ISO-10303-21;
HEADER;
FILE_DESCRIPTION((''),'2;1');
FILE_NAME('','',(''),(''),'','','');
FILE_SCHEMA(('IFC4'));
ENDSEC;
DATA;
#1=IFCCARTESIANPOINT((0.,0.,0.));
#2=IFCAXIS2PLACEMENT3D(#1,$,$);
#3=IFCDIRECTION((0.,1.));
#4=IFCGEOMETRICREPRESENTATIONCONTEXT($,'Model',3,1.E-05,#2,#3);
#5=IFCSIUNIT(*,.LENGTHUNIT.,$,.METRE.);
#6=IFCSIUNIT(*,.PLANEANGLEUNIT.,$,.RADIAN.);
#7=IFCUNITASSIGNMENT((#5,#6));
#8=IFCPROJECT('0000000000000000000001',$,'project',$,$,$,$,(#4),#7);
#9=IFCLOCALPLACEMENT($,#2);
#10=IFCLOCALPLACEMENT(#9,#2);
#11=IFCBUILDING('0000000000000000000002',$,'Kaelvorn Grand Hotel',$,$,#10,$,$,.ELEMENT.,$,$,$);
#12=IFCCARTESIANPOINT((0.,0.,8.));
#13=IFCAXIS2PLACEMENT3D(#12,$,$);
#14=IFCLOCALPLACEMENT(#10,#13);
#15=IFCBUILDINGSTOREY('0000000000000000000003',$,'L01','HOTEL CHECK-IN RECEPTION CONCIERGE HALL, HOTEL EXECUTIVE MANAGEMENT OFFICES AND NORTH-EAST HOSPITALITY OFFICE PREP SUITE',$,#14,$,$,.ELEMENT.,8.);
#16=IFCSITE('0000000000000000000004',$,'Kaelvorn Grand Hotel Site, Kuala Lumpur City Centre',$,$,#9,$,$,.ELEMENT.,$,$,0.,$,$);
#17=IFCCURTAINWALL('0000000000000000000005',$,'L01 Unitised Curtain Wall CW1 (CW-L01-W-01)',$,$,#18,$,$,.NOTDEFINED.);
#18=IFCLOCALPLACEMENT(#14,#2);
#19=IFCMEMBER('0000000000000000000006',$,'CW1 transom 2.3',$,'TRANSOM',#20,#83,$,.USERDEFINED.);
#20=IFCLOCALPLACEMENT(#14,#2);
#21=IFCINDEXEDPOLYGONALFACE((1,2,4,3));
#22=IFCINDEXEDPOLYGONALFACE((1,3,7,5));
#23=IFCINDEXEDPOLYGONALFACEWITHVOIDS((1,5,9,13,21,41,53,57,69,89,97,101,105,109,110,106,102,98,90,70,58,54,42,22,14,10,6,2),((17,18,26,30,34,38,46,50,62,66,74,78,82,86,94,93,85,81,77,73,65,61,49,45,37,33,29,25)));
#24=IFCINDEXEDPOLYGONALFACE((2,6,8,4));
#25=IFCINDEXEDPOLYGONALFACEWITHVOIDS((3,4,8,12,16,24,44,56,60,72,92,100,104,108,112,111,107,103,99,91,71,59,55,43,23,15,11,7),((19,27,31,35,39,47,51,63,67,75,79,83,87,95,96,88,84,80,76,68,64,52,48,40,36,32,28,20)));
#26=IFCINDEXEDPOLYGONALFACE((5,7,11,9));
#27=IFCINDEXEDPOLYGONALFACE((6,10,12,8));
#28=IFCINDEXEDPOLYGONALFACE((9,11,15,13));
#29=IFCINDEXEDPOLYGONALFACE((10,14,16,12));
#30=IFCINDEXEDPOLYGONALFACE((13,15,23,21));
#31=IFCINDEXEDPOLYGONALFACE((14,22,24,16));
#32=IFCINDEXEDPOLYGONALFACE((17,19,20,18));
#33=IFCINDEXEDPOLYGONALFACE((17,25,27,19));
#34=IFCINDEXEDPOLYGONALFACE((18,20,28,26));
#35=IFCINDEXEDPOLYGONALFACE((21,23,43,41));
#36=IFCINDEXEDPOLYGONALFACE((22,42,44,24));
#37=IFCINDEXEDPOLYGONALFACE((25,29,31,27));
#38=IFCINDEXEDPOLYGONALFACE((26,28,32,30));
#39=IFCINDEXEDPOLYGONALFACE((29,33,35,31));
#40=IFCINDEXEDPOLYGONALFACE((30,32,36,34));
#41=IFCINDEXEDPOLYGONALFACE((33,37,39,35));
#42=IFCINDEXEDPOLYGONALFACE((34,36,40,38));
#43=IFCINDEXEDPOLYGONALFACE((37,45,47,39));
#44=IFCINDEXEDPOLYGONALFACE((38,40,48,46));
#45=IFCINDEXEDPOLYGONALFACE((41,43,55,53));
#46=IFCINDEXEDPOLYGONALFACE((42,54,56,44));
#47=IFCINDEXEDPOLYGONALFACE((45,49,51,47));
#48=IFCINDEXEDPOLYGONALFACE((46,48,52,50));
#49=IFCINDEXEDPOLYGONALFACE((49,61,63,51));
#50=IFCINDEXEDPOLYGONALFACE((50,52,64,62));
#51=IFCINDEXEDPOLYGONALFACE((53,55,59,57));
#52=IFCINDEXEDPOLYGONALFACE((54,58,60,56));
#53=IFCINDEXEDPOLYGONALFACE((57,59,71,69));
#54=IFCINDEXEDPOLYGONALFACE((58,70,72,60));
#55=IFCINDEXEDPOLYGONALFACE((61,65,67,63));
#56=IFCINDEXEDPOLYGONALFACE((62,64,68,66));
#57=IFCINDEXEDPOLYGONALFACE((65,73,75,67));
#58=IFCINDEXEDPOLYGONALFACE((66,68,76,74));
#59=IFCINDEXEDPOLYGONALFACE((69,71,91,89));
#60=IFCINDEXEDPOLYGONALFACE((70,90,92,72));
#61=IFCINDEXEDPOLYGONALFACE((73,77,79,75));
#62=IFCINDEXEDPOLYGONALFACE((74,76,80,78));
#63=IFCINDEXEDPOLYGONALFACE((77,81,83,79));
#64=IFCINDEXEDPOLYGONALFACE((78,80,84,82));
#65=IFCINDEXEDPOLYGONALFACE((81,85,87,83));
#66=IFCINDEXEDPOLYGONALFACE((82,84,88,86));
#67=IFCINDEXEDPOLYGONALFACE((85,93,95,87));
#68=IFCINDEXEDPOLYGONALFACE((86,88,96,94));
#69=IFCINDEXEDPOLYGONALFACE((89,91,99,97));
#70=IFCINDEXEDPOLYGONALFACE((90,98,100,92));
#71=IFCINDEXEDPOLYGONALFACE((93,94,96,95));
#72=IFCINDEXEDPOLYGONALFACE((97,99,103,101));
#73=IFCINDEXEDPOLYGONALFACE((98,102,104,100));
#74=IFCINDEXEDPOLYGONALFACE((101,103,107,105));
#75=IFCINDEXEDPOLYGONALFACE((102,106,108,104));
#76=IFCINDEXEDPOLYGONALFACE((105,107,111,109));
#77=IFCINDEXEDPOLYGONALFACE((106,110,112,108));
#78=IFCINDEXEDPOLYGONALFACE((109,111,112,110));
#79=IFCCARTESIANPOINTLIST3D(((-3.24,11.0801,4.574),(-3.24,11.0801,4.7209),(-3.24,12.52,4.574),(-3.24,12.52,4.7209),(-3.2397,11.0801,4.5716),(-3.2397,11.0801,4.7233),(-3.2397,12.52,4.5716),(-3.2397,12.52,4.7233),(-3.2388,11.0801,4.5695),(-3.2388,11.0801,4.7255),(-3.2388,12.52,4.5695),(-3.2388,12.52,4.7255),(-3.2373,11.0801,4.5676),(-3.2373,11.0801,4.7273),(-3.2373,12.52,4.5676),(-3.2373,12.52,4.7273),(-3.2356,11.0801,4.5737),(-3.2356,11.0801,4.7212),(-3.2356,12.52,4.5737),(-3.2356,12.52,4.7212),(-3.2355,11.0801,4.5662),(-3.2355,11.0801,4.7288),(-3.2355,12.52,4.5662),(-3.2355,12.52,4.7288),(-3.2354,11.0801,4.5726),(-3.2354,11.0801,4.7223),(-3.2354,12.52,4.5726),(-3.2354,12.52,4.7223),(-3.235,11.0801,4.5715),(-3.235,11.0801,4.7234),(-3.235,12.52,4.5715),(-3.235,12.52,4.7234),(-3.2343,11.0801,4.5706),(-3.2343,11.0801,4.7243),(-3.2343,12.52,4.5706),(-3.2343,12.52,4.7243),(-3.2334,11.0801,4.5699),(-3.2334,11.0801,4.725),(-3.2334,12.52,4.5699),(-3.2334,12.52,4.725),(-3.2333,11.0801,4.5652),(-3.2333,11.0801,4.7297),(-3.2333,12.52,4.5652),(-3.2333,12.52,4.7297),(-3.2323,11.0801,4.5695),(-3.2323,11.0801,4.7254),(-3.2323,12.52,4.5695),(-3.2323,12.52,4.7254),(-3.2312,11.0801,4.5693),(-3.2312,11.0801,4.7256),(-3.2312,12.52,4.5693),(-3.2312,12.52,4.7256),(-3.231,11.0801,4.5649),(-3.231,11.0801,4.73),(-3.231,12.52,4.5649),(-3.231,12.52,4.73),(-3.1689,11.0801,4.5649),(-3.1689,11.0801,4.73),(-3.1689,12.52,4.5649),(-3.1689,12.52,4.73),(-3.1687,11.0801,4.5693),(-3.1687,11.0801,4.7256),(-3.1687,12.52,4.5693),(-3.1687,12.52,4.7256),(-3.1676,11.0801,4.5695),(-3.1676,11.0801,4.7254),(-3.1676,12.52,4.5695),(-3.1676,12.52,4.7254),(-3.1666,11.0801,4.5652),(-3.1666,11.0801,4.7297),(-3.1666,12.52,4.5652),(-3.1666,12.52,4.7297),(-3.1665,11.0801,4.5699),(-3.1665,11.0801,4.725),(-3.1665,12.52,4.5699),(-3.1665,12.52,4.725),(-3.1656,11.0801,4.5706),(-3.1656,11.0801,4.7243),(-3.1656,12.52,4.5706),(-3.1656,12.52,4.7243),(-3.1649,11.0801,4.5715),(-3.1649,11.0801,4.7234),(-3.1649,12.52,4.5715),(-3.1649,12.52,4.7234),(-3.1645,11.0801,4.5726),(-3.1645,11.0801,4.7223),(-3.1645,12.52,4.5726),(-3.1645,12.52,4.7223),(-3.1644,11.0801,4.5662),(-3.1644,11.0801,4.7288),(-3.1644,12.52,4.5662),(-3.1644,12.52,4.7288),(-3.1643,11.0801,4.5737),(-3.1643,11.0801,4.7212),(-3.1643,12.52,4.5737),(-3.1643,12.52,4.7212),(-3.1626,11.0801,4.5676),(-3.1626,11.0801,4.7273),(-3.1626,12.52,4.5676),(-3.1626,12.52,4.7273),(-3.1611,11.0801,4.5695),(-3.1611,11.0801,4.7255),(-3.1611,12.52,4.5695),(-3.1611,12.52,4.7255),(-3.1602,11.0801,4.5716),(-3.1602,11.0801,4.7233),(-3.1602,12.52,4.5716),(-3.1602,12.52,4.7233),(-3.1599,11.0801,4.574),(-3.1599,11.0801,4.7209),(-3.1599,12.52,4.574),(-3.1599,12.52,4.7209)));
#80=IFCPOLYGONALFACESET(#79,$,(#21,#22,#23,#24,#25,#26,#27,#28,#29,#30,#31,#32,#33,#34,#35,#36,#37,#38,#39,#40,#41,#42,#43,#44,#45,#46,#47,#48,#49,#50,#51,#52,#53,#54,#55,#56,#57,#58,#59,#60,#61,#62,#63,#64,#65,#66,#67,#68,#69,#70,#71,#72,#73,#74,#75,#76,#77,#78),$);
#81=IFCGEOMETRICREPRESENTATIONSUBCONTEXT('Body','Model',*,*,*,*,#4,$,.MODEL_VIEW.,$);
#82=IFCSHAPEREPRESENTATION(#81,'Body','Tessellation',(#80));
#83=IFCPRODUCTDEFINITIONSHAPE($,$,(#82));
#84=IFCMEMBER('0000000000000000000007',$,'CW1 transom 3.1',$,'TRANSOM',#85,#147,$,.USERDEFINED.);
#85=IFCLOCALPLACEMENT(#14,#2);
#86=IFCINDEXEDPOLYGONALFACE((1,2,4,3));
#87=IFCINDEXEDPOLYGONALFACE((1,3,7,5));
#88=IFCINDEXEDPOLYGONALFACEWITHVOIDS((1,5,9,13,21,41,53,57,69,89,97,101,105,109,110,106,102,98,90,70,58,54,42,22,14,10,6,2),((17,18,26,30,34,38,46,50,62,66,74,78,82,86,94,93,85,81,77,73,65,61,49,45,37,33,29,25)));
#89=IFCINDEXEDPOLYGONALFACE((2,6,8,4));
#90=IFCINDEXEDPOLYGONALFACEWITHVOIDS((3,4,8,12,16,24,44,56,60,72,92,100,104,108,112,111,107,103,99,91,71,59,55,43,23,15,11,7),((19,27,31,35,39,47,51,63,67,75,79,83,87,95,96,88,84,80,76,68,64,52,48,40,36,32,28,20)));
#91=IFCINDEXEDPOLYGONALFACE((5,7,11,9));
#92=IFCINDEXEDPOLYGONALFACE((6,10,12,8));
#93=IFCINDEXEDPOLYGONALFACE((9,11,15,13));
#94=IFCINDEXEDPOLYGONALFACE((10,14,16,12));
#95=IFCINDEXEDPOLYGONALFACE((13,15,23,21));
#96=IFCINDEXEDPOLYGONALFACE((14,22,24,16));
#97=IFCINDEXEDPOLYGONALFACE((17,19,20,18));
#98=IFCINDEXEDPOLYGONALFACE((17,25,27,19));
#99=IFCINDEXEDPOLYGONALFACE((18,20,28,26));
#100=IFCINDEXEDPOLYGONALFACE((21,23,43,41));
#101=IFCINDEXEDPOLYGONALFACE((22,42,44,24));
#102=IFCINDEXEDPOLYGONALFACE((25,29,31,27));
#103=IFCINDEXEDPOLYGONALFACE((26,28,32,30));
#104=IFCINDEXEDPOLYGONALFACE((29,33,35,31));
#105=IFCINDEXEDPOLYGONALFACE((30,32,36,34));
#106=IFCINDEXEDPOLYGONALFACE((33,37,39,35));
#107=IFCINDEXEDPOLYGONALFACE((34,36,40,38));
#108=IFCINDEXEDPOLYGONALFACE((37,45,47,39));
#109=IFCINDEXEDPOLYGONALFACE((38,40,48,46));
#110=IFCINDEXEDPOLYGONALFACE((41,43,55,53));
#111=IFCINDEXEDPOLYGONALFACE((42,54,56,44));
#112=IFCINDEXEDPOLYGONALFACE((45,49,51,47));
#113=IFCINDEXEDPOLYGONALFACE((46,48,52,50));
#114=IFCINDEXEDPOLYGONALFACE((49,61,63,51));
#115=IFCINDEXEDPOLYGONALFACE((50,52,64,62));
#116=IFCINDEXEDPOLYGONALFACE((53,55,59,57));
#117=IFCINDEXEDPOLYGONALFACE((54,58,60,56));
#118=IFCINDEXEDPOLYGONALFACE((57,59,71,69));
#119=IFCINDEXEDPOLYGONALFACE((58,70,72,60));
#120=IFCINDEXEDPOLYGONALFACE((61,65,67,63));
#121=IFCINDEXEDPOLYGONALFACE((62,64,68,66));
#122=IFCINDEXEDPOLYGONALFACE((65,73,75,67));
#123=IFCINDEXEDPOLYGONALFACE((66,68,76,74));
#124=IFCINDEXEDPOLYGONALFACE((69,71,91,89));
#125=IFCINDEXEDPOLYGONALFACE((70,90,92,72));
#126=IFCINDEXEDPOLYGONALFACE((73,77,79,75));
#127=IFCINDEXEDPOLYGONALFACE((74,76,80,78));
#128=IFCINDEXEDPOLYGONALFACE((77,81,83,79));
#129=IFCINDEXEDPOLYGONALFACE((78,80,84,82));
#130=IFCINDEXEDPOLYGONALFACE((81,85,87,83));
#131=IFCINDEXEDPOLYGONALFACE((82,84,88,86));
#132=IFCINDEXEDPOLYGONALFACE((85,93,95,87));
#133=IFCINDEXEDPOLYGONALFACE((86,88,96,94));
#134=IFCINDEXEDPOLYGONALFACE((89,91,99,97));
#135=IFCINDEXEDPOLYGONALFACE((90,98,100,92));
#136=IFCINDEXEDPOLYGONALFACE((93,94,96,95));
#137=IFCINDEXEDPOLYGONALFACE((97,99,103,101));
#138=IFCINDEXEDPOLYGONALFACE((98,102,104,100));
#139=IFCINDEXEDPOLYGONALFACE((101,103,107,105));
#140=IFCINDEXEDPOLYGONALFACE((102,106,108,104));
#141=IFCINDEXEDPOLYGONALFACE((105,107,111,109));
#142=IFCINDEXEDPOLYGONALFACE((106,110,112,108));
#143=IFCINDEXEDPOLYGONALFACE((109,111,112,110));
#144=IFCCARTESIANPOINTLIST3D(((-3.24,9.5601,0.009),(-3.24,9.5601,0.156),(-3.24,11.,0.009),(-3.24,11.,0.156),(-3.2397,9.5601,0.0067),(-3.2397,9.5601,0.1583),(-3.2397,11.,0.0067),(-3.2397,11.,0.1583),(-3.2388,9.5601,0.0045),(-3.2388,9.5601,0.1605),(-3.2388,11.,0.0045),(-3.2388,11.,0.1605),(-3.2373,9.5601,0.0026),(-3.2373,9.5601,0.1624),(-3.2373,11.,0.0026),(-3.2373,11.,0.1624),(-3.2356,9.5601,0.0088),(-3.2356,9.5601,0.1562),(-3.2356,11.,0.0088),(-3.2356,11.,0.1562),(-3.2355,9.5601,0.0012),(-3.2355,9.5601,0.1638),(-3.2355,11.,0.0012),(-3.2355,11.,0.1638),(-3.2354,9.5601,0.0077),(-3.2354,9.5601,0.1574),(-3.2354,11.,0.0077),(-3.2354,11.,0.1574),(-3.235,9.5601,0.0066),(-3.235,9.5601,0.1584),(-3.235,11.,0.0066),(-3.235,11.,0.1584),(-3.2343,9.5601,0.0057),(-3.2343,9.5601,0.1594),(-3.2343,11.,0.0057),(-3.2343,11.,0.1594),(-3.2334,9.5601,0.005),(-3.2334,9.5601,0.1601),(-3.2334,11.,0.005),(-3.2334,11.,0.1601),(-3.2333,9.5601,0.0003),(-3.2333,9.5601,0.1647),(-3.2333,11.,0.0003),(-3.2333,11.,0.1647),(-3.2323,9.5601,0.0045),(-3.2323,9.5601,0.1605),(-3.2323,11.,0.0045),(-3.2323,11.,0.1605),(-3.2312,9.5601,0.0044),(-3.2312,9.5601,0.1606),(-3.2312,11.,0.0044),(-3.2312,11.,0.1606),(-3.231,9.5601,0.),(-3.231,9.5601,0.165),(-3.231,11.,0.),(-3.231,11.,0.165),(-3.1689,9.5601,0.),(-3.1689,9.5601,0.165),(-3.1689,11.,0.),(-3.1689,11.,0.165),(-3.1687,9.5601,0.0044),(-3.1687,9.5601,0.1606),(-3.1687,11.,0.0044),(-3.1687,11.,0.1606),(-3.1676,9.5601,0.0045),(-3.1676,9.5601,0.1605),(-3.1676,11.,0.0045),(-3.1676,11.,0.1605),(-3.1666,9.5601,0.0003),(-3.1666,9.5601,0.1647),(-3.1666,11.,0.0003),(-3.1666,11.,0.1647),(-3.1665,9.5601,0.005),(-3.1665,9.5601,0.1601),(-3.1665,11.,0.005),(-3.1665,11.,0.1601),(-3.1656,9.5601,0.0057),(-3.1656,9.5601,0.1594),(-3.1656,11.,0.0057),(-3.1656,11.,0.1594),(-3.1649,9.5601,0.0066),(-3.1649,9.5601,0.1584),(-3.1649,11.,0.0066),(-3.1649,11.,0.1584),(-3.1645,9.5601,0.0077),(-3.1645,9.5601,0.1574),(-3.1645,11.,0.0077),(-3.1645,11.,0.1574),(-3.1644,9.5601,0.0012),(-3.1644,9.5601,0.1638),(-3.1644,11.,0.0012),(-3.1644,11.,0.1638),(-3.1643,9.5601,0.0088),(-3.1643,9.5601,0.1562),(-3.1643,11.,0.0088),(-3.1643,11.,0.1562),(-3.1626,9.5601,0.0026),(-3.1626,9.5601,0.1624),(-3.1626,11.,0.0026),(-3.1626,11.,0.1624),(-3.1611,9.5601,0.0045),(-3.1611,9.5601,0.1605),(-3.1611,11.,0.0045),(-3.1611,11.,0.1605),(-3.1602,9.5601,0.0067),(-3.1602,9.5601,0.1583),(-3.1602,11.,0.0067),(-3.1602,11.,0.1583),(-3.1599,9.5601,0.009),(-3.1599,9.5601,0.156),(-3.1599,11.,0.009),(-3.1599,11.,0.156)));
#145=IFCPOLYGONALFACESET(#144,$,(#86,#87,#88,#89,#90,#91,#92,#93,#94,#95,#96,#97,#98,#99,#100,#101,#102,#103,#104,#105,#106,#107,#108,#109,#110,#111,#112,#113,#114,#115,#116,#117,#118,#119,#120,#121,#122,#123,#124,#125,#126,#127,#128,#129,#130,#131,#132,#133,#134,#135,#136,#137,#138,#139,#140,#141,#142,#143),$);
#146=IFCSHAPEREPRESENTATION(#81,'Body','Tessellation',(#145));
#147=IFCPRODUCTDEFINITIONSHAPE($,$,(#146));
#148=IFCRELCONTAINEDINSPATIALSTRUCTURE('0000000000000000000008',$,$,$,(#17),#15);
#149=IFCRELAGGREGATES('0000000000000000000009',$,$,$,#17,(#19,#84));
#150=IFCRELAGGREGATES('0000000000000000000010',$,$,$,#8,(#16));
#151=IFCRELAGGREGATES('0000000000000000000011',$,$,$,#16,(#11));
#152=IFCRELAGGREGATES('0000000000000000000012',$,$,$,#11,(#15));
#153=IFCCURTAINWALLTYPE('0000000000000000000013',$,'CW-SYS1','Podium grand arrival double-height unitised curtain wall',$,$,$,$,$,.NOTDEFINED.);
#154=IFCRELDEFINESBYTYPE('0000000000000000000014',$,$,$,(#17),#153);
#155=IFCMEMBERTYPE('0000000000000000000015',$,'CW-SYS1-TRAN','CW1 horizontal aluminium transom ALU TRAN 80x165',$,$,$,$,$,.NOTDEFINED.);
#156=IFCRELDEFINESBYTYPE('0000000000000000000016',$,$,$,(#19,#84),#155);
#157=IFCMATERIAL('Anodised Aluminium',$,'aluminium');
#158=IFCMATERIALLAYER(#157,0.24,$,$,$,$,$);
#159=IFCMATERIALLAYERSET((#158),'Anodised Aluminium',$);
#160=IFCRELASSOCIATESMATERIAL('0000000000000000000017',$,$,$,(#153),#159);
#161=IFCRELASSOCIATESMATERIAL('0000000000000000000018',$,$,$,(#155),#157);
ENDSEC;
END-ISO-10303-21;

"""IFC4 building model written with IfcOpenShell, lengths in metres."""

from ifc_helpers import new_model, si_unit, direction, frame, origin, origin_2d, place, context, subcontext, project, spatial, hollow_rectangle, extrude, material, layer, layer_set, material_profile, profile_set, type_object, element, aggregate, save


model = new_model("IFC4")

# Units and contexts
model_context = context("Model", 3, precision=1e-05, world=origin(), true_north=direction((0.0, 1.0)))
body_context = subcontext(model_context, "Body", "Model", "MODEL_VIEW")
ifc_project = project(units=[si_unit("LENGTHUNIT", "METRE"), si_unit("PLANEANGLEUNIT", "RADIAN")], contexts=[model_context])

# Site, building, storey
site_placement = place(None, origin())
site = spatial("IfcSite", under=ifc_project, at=site_placement, Name="Kaelvorn Grand Hotel Site, Kuala Lumpur City Centre", CompositionType="ELEMENT", RefElevation=0.0)
building_placement = place(site_placement, origin())
building = spatial("IfcBuilding", under=site, at=building_placement, Name="Kaelvorn Grand Hotel", CompositionType="ELEMENT")
storey_placement = place(building_placement, frame((0.0, 0.0, 8.0)))
storey = spatial("IfcBuildingStorey", under=building, at=storey_placement, Name="L01", Description="HOTEL CHECK-IN RECEPTION CONCIERGE HALL, HOTEL EXECUTIVE MANAGEMENT OFFICES AND NORTH-EAST HOSPITALITY OFFICE PREP SUITE", CompositionType="ELEMENT", Elevation=8.0)

# Curtain wall, members
ifc_material_1 = material(Name="Anodised Aluminium", Category="aluminium")
ifc_layer_1 = layer(ifc_material_1, 0.24)
ifc_layer_set_1 = layer_set([ifc_layer_1], Name="Anodised Aluminium")
curtain_wall_type = type_object("IfcCurtainWallType", Name="CW-SYS1", Description="Podium grand arrival double-height unitised curtain wall", PredefinedType="NOTDEFINED", material=ifc_layer_set_1)
curtain_wall_placement = place(storey_placement, origin())
curtain_wall = element("IfcCurtainWall", 1, at=curtain_wall_placement, inside=storey, type_object=curtain_wall_type, Name="L01 Unitised Curtain Wall CW1 (CW-L01-W-01)", PredefinedType="NOTDEFINED")
ifc_material_profile_1 = material_profile(ifc_material_1, hollow_rectangle(XDim=0.0801, YDim=0.165, WallThickness=0.0044, InnerFilletRadius=0.0044, OuterFilletRadius=0.009, at=origin_2d()), Name="ALU TRAN 80x165")
ifc_profile_set_1 = profile_set([ifc_material_profile_1], Name="Anodised Aluminium")
member_type_1 = type_object("IfcMemberType", Name="CW-SYS1-TRAN", Description="CW1 horizontal aluminium transom ALU TRAN 80x165", PredefinedType="NOTDEFINED", material=ifc_profile_set_1)
member_1_placement = place(storey_placement, frame((-3.2, 12.52, 4.6475), z_axis=(0.0, -1.0, 0.0), x_axis=(1.0, 0.0, 0.0)))
member_1 = element("IfcMember", 2, at=member_1_placement, type_object=member_type_1, Name="CW1 transom 2.3", ObjectType="TRANSOM", PredefinedType="USERDEFINED", context=body_context, shape_type="SweptSolid", body=[
    extrude(hollow_rectangle(XDim=0.0801, YDim=0.165, WallThickness=0.0044, InnerFilletRadius=0.0044, OuterFilletRadius=0.009, at=origin_2d()), origin(), (0.0, 0.0, 1.0), 1.4399),
])
member_2_placement = place(storey_placement, frame((-3.2, 11.0, 0.0825), z_axis=(0.0, -1.0, 0.0), x_axis=(1.0, 0.0, 0.0)))
member_2 = element("IfcMember", 3, at=member_2_placement, type_object=member_type_1, Name="CW1 transom 3.1", ObjectType="TRANSOM", PredefinedType="USERDEFINED", context=body_context, shape_type="SweptSolid", body=[
    extrude(hollow_rectangle(XDim=0.0801, YDim=0.165, WallThickness=0.0044, InnerFilletRadius=0.0044, OuterFilletRadius=0.009, at=origin_2d()), origin(), (0.0, 0.0, 1.0), 1.4399),
])
aggregate(curtain_wall, [member_1, member_2])

save(model, "model.ifc")
